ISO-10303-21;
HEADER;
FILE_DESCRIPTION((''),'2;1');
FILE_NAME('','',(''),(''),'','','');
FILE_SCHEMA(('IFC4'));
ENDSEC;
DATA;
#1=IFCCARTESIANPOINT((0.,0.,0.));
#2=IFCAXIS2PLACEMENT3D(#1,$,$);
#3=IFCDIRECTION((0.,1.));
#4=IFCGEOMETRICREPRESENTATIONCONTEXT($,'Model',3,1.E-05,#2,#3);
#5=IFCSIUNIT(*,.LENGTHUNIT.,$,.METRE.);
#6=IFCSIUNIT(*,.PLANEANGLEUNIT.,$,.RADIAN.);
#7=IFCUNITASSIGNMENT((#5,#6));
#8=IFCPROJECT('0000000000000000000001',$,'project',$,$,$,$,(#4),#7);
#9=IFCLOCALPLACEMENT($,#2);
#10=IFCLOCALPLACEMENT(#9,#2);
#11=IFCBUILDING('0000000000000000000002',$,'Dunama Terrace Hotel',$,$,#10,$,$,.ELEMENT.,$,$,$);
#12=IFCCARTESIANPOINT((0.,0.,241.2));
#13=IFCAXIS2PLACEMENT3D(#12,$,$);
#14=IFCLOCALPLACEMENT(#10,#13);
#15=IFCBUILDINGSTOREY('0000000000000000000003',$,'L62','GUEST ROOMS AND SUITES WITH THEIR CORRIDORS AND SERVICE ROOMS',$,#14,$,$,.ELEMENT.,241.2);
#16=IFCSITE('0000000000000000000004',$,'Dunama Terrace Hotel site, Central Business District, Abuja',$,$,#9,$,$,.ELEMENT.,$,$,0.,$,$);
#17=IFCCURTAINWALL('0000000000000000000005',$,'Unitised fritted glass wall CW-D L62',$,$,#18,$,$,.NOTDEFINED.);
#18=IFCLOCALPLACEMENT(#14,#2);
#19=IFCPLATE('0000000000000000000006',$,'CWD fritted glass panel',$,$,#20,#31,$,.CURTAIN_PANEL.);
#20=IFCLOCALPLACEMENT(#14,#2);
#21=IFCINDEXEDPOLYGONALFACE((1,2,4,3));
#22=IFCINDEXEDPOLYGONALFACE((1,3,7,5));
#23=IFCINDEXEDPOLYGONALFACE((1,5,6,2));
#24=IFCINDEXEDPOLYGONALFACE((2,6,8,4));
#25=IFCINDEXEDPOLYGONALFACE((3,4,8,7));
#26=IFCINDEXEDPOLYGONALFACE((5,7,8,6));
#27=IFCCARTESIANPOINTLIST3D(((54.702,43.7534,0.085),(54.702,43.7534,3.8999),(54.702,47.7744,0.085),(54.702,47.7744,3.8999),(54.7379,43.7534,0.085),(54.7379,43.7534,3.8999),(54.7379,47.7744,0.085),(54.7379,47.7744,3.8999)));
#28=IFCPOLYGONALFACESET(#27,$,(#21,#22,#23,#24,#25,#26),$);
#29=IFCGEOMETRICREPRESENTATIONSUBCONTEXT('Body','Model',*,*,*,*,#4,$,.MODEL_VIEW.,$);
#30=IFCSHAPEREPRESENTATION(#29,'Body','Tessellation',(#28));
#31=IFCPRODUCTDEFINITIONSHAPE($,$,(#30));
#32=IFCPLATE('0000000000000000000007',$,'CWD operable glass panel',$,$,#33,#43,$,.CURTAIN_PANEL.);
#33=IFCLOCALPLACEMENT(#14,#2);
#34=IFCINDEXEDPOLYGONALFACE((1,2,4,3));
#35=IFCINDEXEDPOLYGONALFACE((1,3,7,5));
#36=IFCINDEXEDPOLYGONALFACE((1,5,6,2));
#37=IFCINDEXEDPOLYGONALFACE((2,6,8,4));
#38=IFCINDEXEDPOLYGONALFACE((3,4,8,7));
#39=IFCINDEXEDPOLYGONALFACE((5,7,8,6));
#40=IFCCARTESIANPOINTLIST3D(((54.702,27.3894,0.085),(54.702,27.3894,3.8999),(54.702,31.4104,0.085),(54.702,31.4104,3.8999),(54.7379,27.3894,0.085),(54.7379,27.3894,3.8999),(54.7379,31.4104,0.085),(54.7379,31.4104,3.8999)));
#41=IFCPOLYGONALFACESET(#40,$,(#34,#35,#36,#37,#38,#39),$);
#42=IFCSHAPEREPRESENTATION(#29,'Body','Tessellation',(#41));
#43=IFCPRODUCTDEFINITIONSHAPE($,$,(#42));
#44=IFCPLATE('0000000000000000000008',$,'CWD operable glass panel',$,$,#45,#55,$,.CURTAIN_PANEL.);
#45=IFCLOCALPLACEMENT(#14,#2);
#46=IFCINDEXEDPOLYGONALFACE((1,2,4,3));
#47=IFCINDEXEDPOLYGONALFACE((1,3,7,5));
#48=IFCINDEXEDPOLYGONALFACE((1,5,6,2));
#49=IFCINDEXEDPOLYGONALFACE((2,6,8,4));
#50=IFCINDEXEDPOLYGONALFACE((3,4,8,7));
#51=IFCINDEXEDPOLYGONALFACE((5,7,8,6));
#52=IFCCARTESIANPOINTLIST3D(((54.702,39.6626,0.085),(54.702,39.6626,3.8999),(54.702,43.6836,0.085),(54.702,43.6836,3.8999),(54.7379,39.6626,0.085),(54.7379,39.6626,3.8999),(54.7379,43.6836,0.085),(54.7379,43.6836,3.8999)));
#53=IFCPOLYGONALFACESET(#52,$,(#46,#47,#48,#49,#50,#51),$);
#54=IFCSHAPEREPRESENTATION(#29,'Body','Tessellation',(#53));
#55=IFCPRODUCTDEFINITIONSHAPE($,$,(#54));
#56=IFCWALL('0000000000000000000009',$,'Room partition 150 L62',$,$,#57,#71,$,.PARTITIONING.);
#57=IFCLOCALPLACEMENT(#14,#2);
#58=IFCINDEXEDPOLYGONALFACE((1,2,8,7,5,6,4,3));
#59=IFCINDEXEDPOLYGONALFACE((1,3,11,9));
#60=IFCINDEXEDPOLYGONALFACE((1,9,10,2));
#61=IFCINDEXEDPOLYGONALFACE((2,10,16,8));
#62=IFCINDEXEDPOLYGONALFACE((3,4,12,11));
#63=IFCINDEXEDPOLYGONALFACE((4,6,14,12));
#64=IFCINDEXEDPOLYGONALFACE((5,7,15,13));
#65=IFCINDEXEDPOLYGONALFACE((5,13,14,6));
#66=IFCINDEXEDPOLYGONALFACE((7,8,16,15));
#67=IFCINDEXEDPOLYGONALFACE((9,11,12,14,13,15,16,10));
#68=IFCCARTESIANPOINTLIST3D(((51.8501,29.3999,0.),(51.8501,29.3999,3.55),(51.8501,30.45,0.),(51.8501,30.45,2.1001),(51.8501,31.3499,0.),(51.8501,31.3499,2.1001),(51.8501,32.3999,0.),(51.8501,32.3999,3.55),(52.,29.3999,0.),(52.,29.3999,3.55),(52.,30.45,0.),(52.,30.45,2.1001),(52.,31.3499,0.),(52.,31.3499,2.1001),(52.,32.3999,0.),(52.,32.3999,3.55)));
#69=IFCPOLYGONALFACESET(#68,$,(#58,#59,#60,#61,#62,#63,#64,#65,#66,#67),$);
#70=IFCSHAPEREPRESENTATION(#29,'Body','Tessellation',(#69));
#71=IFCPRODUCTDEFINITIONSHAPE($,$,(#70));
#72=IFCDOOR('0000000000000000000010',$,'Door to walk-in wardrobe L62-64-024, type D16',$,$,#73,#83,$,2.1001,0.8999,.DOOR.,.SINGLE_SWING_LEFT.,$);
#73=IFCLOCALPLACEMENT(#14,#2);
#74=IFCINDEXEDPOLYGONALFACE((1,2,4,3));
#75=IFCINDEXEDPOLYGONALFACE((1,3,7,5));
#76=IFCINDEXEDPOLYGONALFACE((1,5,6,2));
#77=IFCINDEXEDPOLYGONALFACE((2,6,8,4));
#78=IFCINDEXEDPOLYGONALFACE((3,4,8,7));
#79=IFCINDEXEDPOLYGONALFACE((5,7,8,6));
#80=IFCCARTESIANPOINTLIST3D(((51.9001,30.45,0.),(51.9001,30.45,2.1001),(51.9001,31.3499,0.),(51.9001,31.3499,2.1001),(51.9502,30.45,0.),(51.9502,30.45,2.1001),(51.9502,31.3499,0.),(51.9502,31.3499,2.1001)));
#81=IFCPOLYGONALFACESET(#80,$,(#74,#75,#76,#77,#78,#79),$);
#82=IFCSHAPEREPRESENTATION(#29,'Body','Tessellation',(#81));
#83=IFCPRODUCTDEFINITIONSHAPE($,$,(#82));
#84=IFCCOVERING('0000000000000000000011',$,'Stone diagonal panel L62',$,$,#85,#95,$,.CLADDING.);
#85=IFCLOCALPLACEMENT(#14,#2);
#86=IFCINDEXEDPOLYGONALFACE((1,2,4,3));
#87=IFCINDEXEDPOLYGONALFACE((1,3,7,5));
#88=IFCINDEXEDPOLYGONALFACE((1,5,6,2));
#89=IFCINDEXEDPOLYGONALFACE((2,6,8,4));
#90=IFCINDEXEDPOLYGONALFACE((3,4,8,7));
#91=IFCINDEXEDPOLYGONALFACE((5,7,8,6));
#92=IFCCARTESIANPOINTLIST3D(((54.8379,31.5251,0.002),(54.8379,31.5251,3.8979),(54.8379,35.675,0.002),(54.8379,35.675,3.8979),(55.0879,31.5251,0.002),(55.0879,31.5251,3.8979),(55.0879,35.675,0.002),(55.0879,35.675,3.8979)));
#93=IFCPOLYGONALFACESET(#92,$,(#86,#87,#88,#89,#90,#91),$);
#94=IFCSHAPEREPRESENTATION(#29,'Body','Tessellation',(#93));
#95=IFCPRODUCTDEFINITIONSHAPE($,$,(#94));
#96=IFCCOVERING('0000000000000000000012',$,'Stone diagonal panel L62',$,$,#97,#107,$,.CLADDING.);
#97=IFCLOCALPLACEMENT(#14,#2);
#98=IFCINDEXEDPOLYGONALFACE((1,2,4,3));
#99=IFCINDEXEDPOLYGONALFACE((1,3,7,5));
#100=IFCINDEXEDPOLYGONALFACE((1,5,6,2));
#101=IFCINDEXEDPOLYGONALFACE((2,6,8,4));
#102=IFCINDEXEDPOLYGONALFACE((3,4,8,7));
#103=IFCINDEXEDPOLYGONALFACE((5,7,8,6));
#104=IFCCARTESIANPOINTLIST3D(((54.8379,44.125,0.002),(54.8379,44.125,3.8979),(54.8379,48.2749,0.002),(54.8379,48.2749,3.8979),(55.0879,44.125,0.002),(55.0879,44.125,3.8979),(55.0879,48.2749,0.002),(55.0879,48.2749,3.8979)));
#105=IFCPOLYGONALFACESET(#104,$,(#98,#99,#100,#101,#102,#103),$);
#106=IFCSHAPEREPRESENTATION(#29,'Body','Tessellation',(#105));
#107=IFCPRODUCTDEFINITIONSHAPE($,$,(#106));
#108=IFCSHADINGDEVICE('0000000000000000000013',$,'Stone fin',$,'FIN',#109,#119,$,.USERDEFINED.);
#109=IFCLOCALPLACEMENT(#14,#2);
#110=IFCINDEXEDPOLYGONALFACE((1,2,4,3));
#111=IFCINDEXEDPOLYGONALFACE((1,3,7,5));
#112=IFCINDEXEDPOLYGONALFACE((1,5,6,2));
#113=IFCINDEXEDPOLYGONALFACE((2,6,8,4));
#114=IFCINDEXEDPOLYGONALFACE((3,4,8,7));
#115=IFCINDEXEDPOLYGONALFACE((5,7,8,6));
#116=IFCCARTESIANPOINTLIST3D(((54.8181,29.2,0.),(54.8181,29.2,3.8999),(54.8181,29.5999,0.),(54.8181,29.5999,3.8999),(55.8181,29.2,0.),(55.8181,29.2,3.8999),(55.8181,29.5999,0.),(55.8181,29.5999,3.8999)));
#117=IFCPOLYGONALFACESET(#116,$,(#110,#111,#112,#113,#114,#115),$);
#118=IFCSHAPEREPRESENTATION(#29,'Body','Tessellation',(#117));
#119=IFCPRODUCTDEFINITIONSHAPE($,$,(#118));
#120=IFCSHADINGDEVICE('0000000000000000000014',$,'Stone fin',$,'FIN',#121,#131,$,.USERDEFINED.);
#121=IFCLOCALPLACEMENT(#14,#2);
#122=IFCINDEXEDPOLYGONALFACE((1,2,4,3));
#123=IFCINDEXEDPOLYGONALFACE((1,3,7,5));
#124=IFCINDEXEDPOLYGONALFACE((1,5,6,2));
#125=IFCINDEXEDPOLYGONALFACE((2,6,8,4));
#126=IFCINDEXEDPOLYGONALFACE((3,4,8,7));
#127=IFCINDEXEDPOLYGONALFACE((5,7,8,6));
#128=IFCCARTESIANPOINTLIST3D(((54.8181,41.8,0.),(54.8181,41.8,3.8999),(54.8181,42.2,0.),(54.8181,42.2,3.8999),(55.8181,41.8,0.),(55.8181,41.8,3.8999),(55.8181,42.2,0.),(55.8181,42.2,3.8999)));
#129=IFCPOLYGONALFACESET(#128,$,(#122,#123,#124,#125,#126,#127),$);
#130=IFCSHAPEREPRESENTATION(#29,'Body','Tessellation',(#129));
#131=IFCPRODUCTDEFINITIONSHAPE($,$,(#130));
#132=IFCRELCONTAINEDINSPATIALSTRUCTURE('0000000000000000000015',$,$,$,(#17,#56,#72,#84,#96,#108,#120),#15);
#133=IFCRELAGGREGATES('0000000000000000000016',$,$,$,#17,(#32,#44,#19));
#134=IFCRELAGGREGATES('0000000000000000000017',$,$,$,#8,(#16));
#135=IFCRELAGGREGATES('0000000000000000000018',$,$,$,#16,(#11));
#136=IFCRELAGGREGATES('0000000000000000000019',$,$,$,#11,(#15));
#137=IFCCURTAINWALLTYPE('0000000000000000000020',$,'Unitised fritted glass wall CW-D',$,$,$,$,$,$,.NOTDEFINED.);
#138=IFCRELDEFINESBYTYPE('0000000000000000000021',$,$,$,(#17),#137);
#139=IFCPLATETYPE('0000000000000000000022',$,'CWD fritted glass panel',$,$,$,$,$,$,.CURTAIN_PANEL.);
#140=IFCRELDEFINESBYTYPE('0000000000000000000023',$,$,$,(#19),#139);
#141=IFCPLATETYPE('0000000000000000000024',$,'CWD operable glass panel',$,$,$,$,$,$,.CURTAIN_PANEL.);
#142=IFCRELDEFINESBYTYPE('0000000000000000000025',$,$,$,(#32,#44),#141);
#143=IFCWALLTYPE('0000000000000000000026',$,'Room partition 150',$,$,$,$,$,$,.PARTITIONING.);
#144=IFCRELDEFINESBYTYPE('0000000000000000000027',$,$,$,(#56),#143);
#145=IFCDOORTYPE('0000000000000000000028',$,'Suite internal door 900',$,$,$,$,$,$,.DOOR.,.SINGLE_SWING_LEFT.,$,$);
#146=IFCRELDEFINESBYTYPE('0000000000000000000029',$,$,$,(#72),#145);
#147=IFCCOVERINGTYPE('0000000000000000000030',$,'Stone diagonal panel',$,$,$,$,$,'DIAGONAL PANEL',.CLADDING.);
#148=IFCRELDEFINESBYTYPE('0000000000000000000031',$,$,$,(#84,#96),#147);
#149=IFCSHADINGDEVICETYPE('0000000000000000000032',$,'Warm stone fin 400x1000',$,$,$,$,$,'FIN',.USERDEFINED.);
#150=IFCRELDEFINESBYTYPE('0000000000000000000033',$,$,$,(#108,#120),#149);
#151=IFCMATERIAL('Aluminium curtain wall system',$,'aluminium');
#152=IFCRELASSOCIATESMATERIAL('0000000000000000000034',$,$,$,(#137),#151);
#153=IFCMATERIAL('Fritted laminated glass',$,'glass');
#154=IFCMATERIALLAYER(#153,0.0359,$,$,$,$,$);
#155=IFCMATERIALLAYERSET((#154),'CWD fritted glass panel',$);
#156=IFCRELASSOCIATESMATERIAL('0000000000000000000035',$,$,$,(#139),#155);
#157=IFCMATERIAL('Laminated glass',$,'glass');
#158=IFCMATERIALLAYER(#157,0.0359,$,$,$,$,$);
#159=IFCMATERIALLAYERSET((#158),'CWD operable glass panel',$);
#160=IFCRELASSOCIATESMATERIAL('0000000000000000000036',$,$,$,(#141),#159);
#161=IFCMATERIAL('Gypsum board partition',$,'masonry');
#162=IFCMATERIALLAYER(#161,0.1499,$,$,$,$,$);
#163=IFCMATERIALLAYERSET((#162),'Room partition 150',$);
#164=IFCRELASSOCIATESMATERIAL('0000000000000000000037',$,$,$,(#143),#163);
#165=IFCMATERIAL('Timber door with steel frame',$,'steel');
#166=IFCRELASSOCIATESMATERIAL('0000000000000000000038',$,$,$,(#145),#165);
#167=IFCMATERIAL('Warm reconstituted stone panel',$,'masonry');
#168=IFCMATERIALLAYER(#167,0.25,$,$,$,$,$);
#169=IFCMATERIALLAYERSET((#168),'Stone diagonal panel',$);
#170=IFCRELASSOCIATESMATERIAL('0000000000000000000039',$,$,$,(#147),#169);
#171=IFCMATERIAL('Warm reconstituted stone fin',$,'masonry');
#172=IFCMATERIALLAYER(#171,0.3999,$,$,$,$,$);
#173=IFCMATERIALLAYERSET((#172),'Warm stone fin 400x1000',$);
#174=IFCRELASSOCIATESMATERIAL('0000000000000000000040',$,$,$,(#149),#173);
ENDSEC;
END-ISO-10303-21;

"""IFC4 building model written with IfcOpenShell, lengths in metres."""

from ifc_helpers import new_model, si_unit, direction, frame, frame_2d, origin, origin_2d, place, context, subcontext, project, spatial, rectangle, extrude, material, layer, layer_set, type_object, element, fill, aggregate, save


model = new_model("IFC4")

# Units and contexts
model_context = context("Model", 3, precision=1e-05, world=origin(), true_north=direction((0.0, 1.0)))
body_context = subcontext(model_context, "Body", "Model", "MODEL_VIEW")
ifc_project = project(units=[si_unit("LENGTHUNIT", "METRE"), si_unit("PLANEANGLEUNIT", "RADIAN")], contexts=[model_context])

# Site, building, storey
site_placement = place(None, origin())
site = spatial("IfcSite", under=ifc_project, at=site_placement, Name="Dunama Terrace Hotel site, Central Business District, Abuja", CompositionType="ELEMENT", RefElevation=0.0)
building_placement = place(site_placement, origin())
building = spatial("IfcBuilding", under=site, at=building_placement, Name="Dunama Terrace Hotel", CompositionType="ELEMENT")
storey_placement = place(building_placement, frame((0.0, 0.0, 241.2)))
storey = spatial("IfcBuildingStorey", under=building, at=storey_placement, Name="L62", Description="GUEST ROOMS AND SUITES WITH THEIR CORRIDORS AND SERVICE ROOMS", CompositionType="ELEMENT", Elevation=241.2)

# Curtain wall
ifc_material_1 = material(Name="Aluminium curtain wall system", Category="aluminium")
curtain_wall_type = type_object("IfcCurtainWallType", Name="Unitised fritted glass wall CW-D", PredefinedType="NOTDEFINED", material=ifc_material_1)
curtain_wall_placement = place(storey_placement, origin())
curtain_wall = element("IfcCurtainWall", 1, at=curtain_wall_placement, inside=storey, type_object=curtain_wall_type, Name="Unitised fritted glass wall CW-D L62", PredefinedType="NOTDEFINED")

# Plates
ifc_material_2 = material(Name="Fritted laminated glass", Category="glass")
ifc_layer_1 = layer(ifc_material_2, 0.0359)
ifc_layer_set_1 = layer_set([ifc_layer_1], Name="CWD fritted glass panel")
plate_type_1 = type_object("IfcPlateType", Name="CWD fritted glass panel", PredefinedType="CURTAIN_PANEL", material=ifc_layer_set_1)
plate_1_placement = place(storey_placement, frame((54.72, 45.7639, 0.085), z_axis=(0.0, 0.0, 1.0), x_axis=(0.0, 1.0, 0.0)))
plate_1 = element("IfcPlate", 2, at=plate_1_placement, type_object=plate_type_1, Name="CWD fritted glass panel", PredefinedType="CURTAIN_PANEL", context=body_context, shape_type="SweptSolid", body=[
    extrude(rectangle(XDim=4.021, YDim=0.0359, at=origin_2d()), origin(), (0.0, 0.0, 1.0), 3.8149),
])
ifc_material_3 = material(Name="Laminated glass", Category="glass")
ifc_layer_2 = layer(ifc_material_3, 0.0359)
ifc_layer_set_2 = layer_set([ifc_layer_2], Name="CWD operable glass panel")
plate_type_2 = type_object("IfcPlateType", Name="CWD operable glass panel", PredefinedType="CURTAIN_PANEL", material=ifc_layer_set_2)
plate_2_placement = place(storey_placement, frame((54.72, 29.3999, 0.085), z_axis=(0.0, 0.0, 1.0), x_axis=(0.0, 1.0, 0.0)))
plate_2 = element("IfcPlate", 3, at=plate_2_placement, type_object=plate_type_2, Name="CWD operable glass panel", PredefinedType="CURTAIN_PANEL", context=body_context, shape_type="SweptSolid", body=[
    extrude(rectangle(XDim=4.021, YDim=0.0359, at=origin_2d()), origin(), (0.0, 0.0, 1.0), 3.8149),
])
plate_3_placement = place(storey_placement, frame((54.72, 41.6731, 0.085), z_axis=(0.0, 0.0, 1.0), x_axis=(0.0, 1.0, 0.0)))
plate_3 = element("IfcPlate", 4, at=plate_3_placement, type_object=plate_type_2, Name="CWD operable glass panel", PredefinedType="CURTAIN_PANEL", context=body_context, shape_type="SweptSolid", body=[
    extrude(rectangle(XDim=4.021, YDim=0.0359, at=origin_2d()), origin(), (0.0, 0.0, 1.0), 3.8149),
])
aggregate(curtain_wall, [plate_2, plate_3, plate_1])

# Wall, opening, door
ifc_material_4 = material(Name="Gypsum board partition", Category="masonry")
ifc_layer_3 = layer(ifc_material_4, 0.1499)
ifc_layer_set_3 = layer_set([ifc_layer_3], Name="Room partition 150")
wall_type = type_object("IfcWallType", Name="Room partition 150", PredefinedType="PARTITIONING", material=ifc_layer_set_3)
wall_placement = place(storey_placement, frame((51.925, 29.3999, 0.0), z_axis=(0.0, 0.0, 1.0), x_axis=(0.0, 1.0, 0.0)))
wall = element("IfcWall", 5, at=wall_placement, inside=storey, type_object=wall_type, Name="Room partition 150 L62", PredefinedType="PARTITIONING", context=body_context, shape_type="SweptSolid", body=[
    extrude(rectangle(XDim=3.0, YDim=0.1499, at=frame_2d((1.5, 0.0))), origin(), (0.0, 0.0, 1.0), 3.55),
])
opening_placement = place(wall_placement, frame((1.05, 0.0, 0.0)))
opening = element("IfcOpeningElement", 6, at=opening_placement, cuts=wall, PredefinedType="OPENING", context=body_context, shape_type="SweptSolid", body=[
    extrude(rectangle(XDim=0.8999, YDim=2.1001, at=frame_2d((0.45, 1.05))), frame((0.0, 0.085, 0.0), z_axis=(0.0, -1.0, 0.0), x_axis=(1.0, 0.0, 0.0)), (0.0, 0.0, 1.0), 0.1699),
])
ifc_material_5 = material(Name="Timber door with steel frame", Category="steel")
door_type = type_object("IfcDoorType", Name="Suite internal door 900", OperationType="SINGLE_SWING_LEFT", PredefinedType="DOOR", material=ifc_material_5)
door_placement = place(opening_placement, origin())
door = element("IfcDoor", 7, at=door_placement, inside=storey, type_object=door_type, Name="Door to walk-in wardrobe L62-64-024, type D16", OperationType="SINGLE_SWING_LEFT", OverallHeight=2.1001, OverallWidth=0.8999, PredefinedType="DOOR", context=body_context, shape_type="SweptSolid", body=[
    extrude(rectangle(XDim=0.8999, YDim=2.1001, at=frame_2d((0.45, 1.05))), frame((0.0, 0.0249, 0.0), z_axis=(0.0, -1.0, 0.0), x_axis=(1.0, 0.0, 0.0)), (0.0, 0.0, 1.0), 0.05),
])
fill(opening, door)

# Coverings
ifc_material_6 = material(Name="Warm reconstituted stone panel", Category="masonry")
ifc_layer_4 = layer(ifc_material_6, 0.25)
ifc_layer_set_4 = layer_set([ifc_layer_4], Name="Stone diagonal panel")
covering_type = type_object("IfcCoveringType", Name="Stone diagonal panel", ElementType="DIAGONAL PANEL", PredefinedType="CLADDING", material=ifc_layer_set_4)
for number, where, z_axis, x_axis, name in (
    (8, (54.9629, 33.6001, 0.002), (0.0, 0.0, 1.0), (0.0, 1.0, 0.0), "Stone diagonal panel L62"),
    (9, (54.9629, 46.2, 0.002), (0.0, 0.0, 1.0), (0.0, 1.0, 0.0), "Stone diagonal panel L62"),
):
    element("IfcCovering", number, at=place(storey_placement, frame(where, z_axis=z_axis, x_axis=x_axis)), inside=storey, type_object=covering_type, Name=name, PredefinedType="CLADDING", context=body_context, shape_type="SweptSolid", body=[
        extrude(rectangle(XDim=4.1499, YDim=0.25, at=origin_2d()), origin(), (0.0, 0.0, 1.0), 3.896),
    ])

# Shading devices
ifc_material_7 = material(Name="Warm reconstituted stone fin", Category="masonry")
ifc_layer_5 = layer(ifc_material_7, 0.3999)
ifc_layer_set_5 = layer_set([ifc_layer_5], Name="Warm stone fin 400x1000")
shading_device_type = type_object("IfcShadingDeviceType", Name="Warm stone fin 400x1000", ElementType="FIN", PredefinedType="USERDEFINED", material=ifc_layer_set_5)
for number, where, z_axis, x_axis, name in (
    (10, (55.3181, 29.3999, 0.0), (0.0, 0.0, 1.0), (0.0, 1.0, 0.0), "Stone fin"),
    (11, (55.3181, 42.0, 0.0), (0.0, 0.0, 1.0), (0.0, 1.0, 0.0), "Stone fin"),
):
    element("IfcShadingDevice", number, at=place(storey_placement, frame(where, z_axis=z_axis, x_axis=x_axis)), inside=storey, type_object=shading_device_type, Name=name, ObjectType="FIN", PredefinedType="USERDEFINED", context=body_context, shape_type="SweptSolid", body=[
        extrude(rectangle(XDim=0.3999, YDim=1.0, at=origin_2d()), origin(), (0.0, 0.0, 1.0), 3.8999),
    ])

save(model, "model.ifc")
